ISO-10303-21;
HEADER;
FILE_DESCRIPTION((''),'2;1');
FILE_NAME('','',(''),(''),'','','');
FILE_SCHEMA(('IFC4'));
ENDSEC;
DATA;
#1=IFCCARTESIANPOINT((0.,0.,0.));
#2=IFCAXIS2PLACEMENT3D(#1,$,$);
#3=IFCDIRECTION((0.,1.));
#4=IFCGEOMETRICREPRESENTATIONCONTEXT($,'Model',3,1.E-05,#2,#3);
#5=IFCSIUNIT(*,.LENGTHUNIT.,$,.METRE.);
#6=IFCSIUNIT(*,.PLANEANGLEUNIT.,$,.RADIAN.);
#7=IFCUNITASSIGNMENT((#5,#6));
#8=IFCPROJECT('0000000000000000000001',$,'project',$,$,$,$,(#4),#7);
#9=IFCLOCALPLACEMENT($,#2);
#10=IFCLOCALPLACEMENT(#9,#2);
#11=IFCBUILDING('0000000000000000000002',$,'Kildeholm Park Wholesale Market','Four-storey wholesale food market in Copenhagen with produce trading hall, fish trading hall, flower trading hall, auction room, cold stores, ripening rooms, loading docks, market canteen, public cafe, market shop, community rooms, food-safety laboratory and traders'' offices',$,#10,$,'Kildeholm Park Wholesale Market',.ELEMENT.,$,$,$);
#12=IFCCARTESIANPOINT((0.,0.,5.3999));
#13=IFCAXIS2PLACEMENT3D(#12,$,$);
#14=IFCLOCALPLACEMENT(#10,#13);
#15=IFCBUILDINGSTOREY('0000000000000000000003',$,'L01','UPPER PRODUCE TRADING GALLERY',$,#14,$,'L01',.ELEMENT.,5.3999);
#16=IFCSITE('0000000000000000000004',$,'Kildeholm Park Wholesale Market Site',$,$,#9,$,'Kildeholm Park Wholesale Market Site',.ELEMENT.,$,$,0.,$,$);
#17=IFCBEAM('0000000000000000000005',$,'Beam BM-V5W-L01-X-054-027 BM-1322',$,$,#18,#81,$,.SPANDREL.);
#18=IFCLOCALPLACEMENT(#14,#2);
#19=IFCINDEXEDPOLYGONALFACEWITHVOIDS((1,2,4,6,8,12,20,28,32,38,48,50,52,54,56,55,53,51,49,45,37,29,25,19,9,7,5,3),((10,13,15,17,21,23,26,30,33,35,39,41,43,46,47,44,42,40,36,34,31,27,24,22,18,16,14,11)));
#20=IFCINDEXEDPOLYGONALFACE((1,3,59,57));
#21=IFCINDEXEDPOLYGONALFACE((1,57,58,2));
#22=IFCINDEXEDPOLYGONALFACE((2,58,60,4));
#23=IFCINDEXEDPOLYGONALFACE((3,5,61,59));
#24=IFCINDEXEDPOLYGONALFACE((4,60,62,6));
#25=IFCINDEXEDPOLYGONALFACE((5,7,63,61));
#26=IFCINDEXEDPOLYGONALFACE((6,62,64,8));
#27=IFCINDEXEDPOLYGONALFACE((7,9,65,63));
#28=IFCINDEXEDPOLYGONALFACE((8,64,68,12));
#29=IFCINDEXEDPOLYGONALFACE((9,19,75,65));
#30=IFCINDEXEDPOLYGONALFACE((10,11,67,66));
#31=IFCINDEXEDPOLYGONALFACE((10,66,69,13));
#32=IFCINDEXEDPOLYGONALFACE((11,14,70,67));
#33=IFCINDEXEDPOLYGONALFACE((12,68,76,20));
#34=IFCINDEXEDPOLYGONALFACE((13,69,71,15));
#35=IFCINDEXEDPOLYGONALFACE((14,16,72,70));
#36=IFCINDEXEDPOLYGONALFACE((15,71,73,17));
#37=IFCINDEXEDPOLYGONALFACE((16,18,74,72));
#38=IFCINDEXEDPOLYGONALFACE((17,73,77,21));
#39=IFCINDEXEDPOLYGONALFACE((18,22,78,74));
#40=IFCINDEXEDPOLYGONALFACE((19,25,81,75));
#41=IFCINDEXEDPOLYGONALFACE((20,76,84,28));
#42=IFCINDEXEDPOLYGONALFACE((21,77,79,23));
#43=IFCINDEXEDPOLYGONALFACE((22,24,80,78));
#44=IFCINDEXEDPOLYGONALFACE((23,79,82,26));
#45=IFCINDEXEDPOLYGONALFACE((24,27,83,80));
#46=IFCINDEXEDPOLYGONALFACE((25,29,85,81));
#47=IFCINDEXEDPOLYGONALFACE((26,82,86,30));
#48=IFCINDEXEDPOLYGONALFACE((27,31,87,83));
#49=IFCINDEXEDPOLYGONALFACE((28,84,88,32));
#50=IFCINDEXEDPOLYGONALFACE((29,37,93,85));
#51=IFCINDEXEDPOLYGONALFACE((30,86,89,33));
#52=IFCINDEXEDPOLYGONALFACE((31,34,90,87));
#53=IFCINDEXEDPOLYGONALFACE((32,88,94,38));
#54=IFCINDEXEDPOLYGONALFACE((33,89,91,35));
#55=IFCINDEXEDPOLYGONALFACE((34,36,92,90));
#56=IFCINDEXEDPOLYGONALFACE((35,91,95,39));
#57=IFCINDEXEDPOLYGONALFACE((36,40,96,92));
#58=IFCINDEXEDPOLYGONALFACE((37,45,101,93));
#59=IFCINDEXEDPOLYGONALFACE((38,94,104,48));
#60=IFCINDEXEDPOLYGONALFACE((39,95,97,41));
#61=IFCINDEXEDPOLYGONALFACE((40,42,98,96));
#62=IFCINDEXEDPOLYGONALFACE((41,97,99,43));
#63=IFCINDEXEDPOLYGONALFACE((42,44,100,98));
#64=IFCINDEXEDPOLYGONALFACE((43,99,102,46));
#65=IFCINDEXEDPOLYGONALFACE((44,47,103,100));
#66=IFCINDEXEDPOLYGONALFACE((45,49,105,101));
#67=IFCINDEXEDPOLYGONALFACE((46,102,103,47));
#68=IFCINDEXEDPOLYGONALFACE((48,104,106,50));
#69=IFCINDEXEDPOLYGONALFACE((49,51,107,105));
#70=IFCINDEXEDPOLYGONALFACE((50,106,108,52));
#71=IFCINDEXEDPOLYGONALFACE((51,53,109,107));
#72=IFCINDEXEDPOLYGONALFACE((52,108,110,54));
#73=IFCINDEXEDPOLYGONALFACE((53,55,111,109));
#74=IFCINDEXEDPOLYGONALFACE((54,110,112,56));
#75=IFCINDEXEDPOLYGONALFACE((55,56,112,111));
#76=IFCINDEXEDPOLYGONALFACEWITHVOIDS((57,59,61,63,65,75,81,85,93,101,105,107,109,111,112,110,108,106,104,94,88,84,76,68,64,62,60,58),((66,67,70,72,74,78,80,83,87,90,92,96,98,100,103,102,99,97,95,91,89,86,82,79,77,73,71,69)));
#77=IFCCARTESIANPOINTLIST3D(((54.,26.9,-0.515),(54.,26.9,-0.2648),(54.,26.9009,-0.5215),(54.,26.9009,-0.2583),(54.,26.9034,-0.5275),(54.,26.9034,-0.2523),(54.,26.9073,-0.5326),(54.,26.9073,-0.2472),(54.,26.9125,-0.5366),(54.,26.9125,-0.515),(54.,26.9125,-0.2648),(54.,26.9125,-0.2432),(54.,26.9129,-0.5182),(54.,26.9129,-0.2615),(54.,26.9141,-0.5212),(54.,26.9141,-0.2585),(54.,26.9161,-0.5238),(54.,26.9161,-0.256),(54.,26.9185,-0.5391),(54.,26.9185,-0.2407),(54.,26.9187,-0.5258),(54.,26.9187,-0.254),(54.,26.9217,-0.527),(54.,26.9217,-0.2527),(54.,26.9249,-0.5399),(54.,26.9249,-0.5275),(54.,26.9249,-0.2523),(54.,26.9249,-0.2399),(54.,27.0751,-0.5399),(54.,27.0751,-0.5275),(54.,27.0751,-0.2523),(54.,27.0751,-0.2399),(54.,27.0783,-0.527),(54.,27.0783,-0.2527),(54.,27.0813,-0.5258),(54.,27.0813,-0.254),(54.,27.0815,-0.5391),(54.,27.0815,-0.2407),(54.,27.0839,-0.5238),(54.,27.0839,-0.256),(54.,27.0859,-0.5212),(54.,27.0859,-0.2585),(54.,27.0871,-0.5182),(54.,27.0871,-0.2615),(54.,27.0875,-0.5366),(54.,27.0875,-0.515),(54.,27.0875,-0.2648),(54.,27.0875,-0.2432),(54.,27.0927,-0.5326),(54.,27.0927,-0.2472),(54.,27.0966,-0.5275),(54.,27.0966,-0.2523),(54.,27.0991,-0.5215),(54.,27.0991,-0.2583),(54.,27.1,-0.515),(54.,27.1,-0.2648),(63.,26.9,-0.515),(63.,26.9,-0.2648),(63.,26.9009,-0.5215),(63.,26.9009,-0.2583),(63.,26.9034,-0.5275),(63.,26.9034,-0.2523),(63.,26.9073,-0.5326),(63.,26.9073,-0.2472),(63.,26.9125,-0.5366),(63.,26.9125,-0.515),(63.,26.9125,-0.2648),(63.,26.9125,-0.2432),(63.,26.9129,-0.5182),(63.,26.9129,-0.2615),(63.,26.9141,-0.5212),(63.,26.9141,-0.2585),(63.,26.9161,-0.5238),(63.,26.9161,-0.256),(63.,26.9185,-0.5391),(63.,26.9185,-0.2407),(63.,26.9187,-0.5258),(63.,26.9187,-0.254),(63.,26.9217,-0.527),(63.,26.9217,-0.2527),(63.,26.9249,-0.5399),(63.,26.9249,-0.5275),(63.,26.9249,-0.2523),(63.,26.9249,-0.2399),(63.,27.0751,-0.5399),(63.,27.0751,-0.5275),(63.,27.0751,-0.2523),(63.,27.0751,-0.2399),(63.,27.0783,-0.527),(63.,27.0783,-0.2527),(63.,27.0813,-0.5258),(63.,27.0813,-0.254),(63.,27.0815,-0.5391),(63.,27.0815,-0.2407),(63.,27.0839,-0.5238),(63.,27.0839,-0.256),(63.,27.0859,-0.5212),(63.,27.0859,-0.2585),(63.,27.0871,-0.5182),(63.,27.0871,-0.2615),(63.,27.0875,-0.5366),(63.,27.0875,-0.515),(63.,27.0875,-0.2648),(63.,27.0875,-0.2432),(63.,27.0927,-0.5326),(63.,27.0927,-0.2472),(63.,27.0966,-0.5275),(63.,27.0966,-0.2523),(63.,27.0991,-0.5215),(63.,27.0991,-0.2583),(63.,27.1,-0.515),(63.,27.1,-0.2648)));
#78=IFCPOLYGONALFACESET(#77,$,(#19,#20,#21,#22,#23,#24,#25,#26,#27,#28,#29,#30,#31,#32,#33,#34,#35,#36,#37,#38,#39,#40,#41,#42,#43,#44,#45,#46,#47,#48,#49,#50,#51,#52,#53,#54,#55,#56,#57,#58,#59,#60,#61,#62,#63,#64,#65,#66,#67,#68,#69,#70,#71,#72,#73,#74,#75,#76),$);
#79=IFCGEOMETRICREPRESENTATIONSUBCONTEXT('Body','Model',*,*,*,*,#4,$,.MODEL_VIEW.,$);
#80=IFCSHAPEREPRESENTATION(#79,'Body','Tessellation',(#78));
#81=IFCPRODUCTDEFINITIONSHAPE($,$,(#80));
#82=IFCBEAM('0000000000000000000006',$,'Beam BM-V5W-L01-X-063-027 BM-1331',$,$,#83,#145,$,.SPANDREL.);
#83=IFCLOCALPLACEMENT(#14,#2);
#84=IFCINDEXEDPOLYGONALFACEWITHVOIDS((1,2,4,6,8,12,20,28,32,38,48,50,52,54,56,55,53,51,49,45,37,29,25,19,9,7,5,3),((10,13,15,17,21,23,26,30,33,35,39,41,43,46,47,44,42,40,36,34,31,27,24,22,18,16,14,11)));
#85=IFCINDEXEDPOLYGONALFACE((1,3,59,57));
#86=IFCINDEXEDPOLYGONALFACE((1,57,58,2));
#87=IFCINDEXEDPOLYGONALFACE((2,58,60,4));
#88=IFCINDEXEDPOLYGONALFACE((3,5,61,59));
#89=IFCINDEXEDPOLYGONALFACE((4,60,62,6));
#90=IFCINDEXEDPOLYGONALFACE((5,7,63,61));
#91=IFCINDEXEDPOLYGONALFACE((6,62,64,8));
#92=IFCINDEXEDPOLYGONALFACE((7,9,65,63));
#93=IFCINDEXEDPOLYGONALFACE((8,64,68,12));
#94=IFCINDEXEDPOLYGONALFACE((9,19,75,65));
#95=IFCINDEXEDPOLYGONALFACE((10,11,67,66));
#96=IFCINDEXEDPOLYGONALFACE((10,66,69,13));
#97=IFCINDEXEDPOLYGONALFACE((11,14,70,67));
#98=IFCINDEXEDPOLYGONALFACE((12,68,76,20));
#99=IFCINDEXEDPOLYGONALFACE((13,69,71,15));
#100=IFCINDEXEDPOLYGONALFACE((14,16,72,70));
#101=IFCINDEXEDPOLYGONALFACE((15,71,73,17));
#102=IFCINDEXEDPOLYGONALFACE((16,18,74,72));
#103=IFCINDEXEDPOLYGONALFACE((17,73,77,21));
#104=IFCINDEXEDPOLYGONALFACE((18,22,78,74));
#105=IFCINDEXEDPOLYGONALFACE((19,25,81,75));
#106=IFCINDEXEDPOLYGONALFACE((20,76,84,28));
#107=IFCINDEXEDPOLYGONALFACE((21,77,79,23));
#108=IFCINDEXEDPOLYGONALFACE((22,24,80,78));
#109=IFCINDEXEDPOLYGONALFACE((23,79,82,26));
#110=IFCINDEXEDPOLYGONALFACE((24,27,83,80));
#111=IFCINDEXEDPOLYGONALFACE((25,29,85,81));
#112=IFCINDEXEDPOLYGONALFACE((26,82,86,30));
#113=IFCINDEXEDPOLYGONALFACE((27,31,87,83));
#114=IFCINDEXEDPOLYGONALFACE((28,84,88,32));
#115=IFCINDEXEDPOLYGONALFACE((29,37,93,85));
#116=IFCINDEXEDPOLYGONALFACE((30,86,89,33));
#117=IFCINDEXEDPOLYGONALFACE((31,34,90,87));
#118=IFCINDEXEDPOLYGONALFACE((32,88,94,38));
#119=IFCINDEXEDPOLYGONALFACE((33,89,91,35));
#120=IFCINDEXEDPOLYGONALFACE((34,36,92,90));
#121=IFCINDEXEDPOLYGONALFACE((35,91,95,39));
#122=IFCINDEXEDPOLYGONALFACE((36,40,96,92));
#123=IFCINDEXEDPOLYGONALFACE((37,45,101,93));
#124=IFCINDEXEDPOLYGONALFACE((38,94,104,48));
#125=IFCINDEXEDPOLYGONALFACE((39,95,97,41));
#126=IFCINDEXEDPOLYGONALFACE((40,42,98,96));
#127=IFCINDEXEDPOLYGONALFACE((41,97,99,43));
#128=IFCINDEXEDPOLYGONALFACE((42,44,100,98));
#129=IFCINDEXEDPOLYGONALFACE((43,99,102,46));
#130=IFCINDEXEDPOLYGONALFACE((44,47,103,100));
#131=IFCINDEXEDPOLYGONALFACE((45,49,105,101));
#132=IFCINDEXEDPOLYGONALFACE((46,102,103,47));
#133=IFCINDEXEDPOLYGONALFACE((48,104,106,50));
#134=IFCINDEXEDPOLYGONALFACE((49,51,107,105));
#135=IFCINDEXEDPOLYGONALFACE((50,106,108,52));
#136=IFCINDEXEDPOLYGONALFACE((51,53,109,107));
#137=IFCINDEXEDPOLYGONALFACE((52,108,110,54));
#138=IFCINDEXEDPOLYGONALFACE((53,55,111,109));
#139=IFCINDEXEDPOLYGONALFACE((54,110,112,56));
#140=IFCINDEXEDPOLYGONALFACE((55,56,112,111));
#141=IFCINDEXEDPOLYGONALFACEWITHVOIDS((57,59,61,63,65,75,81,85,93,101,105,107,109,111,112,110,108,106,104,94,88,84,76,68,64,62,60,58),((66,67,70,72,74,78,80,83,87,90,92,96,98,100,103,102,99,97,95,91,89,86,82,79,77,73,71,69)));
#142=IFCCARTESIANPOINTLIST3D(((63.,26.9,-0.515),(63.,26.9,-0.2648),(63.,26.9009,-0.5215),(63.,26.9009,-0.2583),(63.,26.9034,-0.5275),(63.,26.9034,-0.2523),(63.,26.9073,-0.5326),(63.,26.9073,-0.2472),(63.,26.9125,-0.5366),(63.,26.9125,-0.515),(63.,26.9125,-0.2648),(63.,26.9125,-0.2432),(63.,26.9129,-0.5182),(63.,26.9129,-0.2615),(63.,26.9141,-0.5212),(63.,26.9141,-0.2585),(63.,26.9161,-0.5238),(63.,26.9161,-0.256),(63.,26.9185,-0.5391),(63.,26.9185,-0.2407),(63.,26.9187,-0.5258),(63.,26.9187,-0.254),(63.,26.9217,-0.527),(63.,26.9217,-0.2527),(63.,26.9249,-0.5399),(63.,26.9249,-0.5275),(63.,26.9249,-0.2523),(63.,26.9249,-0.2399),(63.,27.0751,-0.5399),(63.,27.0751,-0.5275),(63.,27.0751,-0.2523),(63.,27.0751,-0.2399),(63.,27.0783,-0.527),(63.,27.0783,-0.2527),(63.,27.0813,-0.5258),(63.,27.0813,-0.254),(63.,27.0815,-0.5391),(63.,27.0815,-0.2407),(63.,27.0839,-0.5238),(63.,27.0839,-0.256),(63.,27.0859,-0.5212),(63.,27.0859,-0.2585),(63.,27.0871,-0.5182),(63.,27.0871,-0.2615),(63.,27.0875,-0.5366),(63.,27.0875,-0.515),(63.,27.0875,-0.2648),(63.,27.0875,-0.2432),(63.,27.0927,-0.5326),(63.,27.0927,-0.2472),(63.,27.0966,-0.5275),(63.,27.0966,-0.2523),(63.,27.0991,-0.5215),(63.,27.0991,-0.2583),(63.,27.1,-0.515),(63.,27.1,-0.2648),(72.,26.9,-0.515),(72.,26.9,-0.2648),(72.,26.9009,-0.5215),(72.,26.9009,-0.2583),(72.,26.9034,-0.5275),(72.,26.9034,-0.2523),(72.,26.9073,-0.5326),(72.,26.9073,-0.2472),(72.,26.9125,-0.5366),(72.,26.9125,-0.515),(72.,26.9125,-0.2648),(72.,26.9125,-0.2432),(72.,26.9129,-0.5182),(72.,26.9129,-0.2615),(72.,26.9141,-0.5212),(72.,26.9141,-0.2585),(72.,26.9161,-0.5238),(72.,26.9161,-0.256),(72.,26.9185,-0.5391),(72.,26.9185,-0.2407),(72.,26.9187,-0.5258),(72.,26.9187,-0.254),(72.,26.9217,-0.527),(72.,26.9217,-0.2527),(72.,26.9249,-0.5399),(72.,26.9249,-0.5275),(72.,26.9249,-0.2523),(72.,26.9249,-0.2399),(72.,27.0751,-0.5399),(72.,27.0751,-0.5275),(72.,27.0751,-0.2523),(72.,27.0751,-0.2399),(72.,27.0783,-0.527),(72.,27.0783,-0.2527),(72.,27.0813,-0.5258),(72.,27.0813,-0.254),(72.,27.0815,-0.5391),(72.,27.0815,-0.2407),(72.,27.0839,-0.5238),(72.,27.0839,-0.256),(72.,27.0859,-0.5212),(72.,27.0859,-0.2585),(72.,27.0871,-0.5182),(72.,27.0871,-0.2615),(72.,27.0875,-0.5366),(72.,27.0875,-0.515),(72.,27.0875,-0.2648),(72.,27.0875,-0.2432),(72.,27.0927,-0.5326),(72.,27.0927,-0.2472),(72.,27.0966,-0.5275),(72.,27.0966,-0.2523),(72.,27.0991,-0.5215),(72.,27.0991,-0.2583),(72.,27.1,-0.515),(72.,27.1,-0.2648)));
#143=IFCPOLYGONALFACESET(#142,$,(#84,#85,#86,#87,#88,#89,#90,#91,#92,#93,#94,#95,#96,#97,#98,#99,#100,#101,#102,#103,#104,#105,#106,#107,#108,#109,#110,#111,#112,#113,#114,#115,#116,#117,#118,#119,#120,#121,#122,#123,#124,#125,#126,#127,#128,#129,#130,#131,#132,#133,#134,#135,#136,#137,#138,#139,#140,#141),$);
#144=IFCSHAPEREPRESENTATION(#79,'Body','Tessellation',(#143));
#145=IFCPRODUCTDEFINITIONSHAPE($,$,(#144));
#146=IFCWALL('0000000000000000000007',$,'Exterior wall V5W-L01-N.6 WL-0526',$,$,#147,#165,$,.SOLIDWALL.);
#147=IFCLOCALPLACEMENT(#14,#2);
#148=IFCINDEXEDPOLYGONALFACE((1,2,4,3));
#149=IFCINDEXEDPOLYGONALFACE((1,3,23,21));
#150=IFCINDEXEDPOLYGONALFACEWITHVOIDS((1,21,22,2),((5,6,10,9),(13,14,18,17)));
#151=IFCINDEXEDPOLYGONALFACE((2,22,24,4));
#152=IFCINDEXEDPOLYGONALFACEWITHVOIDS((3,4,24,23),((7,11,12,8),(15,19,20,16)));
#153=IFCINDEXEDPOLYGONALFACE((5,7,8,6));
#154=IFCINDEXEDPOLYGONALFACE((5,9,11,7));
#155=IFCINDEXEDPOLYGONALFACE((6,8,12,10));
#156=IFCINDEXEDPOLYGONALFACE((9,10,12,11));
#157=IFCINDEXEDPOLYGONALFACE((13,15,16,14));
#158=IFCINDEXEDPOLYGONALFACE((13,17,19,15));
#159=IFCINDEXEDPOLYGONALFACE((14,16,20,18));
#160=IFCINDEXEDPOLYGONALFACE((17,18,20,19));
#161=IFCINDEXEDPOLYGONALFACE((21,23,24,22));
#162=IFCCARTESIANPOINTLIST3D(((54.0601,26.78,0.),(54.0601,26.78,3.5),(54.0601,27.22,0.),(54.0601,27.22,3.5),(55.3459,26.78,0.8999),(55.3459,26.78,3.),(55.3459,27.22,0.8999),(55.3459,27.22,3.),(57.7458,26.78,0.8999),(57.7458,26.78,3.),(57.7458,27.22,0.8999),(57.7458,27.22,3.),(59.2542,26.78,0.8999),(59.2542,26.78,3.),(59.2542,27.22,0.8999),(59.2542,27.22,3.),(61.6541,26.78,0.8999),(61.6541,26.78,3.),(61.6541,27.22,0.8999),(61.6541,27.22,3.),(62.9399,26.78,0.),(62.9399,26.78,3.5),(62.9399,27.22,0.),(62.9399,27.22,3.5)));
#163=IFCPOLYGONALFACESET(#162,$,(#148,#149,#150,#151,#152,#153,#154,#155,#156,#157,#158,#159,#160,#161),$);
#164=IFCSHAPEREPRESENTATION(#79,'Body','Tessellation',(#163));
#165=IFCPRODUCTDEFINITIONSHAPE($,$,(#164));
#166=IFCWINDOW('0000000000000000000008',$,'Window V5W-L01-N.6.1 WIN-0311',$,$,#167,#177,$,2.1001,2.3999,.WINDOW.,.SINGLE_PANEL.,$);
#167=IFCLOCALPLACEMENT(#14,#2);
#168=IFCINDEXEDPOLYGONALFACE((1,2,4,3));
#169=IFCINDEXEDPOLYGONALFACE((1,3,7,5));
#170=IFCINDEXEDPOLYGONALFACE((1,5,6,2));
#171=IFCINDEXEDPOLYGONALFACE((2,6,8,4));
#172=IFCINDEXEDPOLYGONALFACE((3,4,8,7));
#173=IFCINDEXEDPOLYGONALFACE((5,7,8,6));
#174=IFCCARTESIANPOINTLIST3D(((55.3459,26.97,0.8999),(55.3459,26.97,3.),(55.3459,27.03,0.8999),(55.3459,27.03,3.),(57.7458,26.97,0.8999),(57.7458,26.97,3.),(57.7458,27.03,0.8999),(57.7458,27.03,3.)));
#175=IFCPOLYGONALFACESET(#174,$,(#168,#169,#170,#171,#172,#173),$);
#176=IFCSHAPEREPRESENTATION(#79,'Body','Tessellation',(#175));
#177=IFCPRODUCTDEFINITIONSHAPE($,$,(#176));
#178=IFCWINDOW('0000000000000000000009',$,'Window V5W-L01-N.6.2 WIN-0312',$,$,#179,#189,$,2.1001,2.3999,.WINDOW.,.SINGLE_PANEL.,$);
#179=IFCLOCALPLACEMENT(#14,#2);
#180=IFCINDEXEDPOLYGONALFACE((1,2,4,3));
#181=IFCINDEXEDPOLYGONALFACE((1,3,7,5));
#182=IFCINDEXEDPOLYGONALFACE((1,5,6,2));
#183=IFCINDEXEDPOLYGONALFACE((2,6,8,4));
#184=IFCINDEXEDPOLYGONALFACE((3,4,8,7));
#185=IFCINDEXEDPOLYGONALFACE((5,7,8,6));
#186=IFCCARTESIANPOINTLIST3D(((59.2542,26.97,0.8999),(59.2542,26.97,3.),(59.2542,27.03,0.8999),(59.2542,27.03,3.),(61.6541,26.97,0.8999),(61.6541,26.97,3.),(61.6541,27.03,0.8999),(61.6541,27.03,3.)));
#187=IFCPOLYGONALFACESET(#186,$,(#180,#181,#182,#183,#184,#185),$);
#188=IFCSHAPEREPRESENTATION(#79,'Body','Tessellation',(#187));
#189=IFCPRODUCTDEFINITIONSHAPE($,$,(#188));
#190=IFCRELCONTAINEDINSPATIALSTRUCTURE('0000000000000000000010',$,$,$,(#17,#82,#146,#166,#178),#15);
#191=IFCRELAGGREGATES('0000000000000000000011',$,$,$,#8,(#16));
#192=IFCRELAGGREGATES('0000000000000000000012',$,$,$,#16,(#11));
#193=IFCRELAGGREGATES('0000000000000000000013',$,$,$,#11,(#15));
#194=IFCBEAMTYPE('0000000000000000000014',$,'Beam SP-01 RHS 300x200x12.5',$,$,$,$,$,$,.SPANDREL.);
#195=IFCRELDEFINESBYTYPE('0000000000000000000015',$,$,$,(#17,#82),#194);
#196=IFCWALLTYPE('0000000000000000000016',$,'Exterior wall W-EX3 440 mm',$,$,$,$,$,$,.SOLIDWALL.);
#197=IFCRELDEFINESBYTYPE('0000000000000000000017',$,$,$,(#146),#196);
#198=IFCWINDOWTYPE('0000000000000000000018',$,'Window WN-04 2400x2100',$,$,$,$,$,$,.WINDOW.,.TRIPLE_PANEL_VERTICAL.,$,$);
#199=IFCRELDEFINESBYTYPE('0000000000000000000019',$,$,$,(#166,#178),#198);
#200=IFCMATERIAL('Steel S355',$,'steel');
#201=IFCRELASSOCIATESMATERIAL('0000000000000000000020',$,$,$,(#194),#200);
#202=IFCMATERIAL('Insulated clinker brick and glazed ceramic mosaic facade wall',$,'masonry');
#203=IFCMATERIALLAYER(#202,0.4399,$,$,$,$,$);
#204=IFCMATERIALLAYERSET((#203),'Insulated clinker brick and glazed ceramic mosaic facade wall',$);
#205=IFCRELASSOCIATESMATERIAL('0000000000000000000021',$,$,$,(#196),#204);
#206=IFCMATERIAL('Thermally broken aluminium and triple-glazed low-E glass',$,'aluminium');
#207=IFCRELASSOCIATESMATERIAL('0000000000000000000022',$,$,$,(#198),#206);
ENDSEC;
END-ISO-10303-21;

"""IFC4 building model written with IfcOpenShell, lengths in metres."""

from ifc_helpers import new_model, si_unit, direction, frame, frame_2d, origin, origin_2d, place, context, subcontext, project, spatial, rectangle, hollow_rectangle, extrude, material, layer, layer_set, material_profile, profile_set, type_object, element, fill, save


model = new_model("IFC4")

# Units and contexts
model_context = context("Model", 3, precision=1e-05, world=origin(), true_north=direction((0.0, 1.0)))
body_context = subcontext(model_context, "Body", "Model", "MODEL_VIEW")
ifc_project = project(units=[si_unit("LENGTHUNIT", "METRE"), si_unit("PLANEANGLEUNIT", "RADIAN")], contexts=[model_context])

# Site, building, storey
site_placement = place(None, origin())
site = spatial("IfcSite", under=ifc_project, at=site_placement, Name="Kildeholm Park Wholesale Market Site", LongName="Kildeholm Park Wholesale Market Site", CompositionType="ELEMENT", RefElevation=0.0)
building_placement = place(site_placement, origin())
building = spatial("IfcBuilding", under=site, at=building_placement, Name="Kildeholm Park Wholesale Market", Description="Four-storey wholesale food market in Copenhagen with produce trading hall, fish trading hall, flower trading hall, auction room, cold stores, ripening rooms, loading docks, market canteen, public cafe, market shop, community rooms, food-safety laboratory and traders' offices", LongName="Kildeholm Park Wholesale Market", CompositionType="ELEMENT")
storey_placement = place(building_placement, frame((0.0, 0.0, 5.3999)))
storey = spatial("IfcBuildingStorey", under=building, at=storey_placement, Name="L01", Description="UPPER PRODUCE TRADING GALLERY", LongName="L01", CompositionType="ELEMENT", Elevation=5.3999)

# Shared definitions
ifc_material_1 = material(Name="Steel S355", Category="steel")

# Beams
ifc_material_profile_1 = material_profile(ifc_material_1, hollow_rectangle(XDim=0.2, YDim=0.3, WallThickness=0.0125, InnerFilletRadius=0.0125, OuterFilletRadius=0.0249, at=origin_2d()), Name="RHS 300x200x12.5")
ifc_profile_set_1 = profile_set([ifc_material_profile_1], Name="Steel S355")
beam_type_1 = type_object("IfcBeamType", Name="Beam SP-01 RHS 300x200x12.5", PredefinedType="SPANDREL", material=ifc_profile_set_1)
for number, where, z_axis, x_axis, name in (
    (1, (54.0, 27.0, -0.3899), (1.0, 0.0, 0.0), (0.0, 1.0, 0.0), "Beam BM-V5W-L01-X-054-027 BM-1322"),
    (2, (63.0, 27.0, -0.3899), (1.0, 0.0, 0.0), (0.0, 1.0, 0.0), "Beam BM-V5W-L01-X-063-027 BM-1331"),
):
    element("IfcBeam", number, at=place(storey_placement, frame(where, z_axis=z_axis, x_axis=x_axis)), inside=storey, type_object=beam_type_1, Name=name, PredefinedType="SPANDREL", context=body_context, shape_type="SweptSolid", body=[
        extrude(hollow_rectangle(XDim=0.2, YDim=0.3, WallThickness=0.0125, InnerFilletRadius=0.0125, OuterFilletRadius=0.0249, at=origin_2d()), origin(), (0.0, 0.0, 1.0), 9.0),
    ])

# Wall, openings, windows
ifc_material_2 = material(Name="Insulated clinker brick and glazed ceramic mosaic facade wall", Category="masonry")
ifc_layer = layer(ifc_material_2, 0.4399)
ifc_layer_set = layer_set([ifc_layer], Name="Insulated clinker brick and glazed ceramic mosaic facade wall")
wall_type = type_object("IfcWallType", Name="Exterior wall W-EX3 440 mm", PredefinedType="SOLIDWALL", material=ifc_layer_set)
wall_1_placement = place(storey_placement, frame((54.0601, 27.0, 0.0), z_axis=(0.0, 0.0, 1.0), x_axis=(1.0, 0.0, 0.0)))
wall_1 = element("IfcWall", 3, at=wall_1_placement, inside=storey, type_object=wall_type, Name="Exterior wall V5W-L01-N.6 WL-0526", PredefinedType="SOLIDWALL", context=body_context, shape_type="SweptSolid", body=[
    extrude(rectangle(XDim=8.8799, YDim=0.4399, at=frame_2d((4.4399, 0.0))), origin(), (0.0, 0.0, 1.0), 3.5),
])
opening_1_placement = place(wall_1_placement, frame((1.2859, 0.0, 0.8999)))
opening_1 = element("IfcOpeningElement", 4, at=opening_1_placement, cuts=wall_1, PredefinedType="OPENING", context=body_context, shape_type="SweptSolid", body=[
    extrude(rectangle(XDim=2.3999, YDim=2.1001, at=frame_2d((1.2, 1.05))), frame((0.0, 0.23, 0.0), z_axis=(0.0, -1.0, 0.0), x_axis=(1.0, 0.0, 0.0)), (0.0, 0.0, 1.0), 0.46),
])
opening_2_placement = place(wall_1_placement, frame((5.1941, 0.0, 0.8999)))
opening_2 = element("IfcOpeningElement", 5, at=opening_2_placement, cuts=wall_1, PredefinedType="OPENING", context=body_context, shape_type="SweptSolid", body=[
    extrude(rectangle(XDim=2.3999, YDim=2.1001, at=frame_2d((1.2, 1.05))), frame((0.0, 0.23, 0.0), z_axis=(0.0, -1.0, 0.0), x_axis=(1.0, 0.0, 0.0)), (0.0, 0.0, 1.0), 0.46),
])
ifc_material_3 = material(Name="Thermally broken aluminium and triple-glazed low-E glass", Category="aluminium")
window_type_1 = type_object("IfcWindowType", Name="Window WN-04 2400x2100", PartitioningType="TRIPLE_PANEL_VERTICAL", PredefinedType="WINDOW", material=ifc_material_3)
window_1_placement = place(opening_1_placement, origin())
window_1 = element("IfcWindow", 6, at=window_1_placement, inside=storey, type_object=window_type_1, Name="Window V5W-L01-N.6.1 WIN-0311", OverallHeight=2.1001, OverallWidth=2.3999, PartitioningType="SINGLE_PANEL", PredefinedType="WINDOW", context=body_context, shape_type="SweptSolid", body=[
    extrude(rectangle(XDim=2.3999, YDim=2.1001, at=frame_2d((1.2, 1.05))), frame((0.0, 0.03, 0.0), z_axis=(0.0, -1.0, 0.0), x_axis=(1.0, 0.0, 0.0)), (0.0, 0.0, 1.0), 0.0601),
])
fill(opening_1, window_1)
window_2_placement = place(opening_2_placement, origin())
window_2 = element("IfcWindow", 7, at=window_2_placement, inside=storey, type_object=window_type_1, Name="Window V5W-L01-N.6.2 WIN-0312", OverallHeight=2.1001, OverallWidth=2.3999, PartitioningType="SINGLE_PANEL", PredefinedType="WINDOW", context=body_context, shape_type="SweptSolid", body=[
    extrude(rectangle(XDim=2.3999, YDim=2.1001, at=frame_2d((1.2, 1.05))), frame((0.0, 0.03, 0.0), z_axis=(0.0, -1.0, 0.0), x_axis=(1.0, 0.0, 0.0)), (0.0, 0.0, 1.0), 0.0601),
])
fill(opening_2, window_2)

save(model, "model.ifc")
